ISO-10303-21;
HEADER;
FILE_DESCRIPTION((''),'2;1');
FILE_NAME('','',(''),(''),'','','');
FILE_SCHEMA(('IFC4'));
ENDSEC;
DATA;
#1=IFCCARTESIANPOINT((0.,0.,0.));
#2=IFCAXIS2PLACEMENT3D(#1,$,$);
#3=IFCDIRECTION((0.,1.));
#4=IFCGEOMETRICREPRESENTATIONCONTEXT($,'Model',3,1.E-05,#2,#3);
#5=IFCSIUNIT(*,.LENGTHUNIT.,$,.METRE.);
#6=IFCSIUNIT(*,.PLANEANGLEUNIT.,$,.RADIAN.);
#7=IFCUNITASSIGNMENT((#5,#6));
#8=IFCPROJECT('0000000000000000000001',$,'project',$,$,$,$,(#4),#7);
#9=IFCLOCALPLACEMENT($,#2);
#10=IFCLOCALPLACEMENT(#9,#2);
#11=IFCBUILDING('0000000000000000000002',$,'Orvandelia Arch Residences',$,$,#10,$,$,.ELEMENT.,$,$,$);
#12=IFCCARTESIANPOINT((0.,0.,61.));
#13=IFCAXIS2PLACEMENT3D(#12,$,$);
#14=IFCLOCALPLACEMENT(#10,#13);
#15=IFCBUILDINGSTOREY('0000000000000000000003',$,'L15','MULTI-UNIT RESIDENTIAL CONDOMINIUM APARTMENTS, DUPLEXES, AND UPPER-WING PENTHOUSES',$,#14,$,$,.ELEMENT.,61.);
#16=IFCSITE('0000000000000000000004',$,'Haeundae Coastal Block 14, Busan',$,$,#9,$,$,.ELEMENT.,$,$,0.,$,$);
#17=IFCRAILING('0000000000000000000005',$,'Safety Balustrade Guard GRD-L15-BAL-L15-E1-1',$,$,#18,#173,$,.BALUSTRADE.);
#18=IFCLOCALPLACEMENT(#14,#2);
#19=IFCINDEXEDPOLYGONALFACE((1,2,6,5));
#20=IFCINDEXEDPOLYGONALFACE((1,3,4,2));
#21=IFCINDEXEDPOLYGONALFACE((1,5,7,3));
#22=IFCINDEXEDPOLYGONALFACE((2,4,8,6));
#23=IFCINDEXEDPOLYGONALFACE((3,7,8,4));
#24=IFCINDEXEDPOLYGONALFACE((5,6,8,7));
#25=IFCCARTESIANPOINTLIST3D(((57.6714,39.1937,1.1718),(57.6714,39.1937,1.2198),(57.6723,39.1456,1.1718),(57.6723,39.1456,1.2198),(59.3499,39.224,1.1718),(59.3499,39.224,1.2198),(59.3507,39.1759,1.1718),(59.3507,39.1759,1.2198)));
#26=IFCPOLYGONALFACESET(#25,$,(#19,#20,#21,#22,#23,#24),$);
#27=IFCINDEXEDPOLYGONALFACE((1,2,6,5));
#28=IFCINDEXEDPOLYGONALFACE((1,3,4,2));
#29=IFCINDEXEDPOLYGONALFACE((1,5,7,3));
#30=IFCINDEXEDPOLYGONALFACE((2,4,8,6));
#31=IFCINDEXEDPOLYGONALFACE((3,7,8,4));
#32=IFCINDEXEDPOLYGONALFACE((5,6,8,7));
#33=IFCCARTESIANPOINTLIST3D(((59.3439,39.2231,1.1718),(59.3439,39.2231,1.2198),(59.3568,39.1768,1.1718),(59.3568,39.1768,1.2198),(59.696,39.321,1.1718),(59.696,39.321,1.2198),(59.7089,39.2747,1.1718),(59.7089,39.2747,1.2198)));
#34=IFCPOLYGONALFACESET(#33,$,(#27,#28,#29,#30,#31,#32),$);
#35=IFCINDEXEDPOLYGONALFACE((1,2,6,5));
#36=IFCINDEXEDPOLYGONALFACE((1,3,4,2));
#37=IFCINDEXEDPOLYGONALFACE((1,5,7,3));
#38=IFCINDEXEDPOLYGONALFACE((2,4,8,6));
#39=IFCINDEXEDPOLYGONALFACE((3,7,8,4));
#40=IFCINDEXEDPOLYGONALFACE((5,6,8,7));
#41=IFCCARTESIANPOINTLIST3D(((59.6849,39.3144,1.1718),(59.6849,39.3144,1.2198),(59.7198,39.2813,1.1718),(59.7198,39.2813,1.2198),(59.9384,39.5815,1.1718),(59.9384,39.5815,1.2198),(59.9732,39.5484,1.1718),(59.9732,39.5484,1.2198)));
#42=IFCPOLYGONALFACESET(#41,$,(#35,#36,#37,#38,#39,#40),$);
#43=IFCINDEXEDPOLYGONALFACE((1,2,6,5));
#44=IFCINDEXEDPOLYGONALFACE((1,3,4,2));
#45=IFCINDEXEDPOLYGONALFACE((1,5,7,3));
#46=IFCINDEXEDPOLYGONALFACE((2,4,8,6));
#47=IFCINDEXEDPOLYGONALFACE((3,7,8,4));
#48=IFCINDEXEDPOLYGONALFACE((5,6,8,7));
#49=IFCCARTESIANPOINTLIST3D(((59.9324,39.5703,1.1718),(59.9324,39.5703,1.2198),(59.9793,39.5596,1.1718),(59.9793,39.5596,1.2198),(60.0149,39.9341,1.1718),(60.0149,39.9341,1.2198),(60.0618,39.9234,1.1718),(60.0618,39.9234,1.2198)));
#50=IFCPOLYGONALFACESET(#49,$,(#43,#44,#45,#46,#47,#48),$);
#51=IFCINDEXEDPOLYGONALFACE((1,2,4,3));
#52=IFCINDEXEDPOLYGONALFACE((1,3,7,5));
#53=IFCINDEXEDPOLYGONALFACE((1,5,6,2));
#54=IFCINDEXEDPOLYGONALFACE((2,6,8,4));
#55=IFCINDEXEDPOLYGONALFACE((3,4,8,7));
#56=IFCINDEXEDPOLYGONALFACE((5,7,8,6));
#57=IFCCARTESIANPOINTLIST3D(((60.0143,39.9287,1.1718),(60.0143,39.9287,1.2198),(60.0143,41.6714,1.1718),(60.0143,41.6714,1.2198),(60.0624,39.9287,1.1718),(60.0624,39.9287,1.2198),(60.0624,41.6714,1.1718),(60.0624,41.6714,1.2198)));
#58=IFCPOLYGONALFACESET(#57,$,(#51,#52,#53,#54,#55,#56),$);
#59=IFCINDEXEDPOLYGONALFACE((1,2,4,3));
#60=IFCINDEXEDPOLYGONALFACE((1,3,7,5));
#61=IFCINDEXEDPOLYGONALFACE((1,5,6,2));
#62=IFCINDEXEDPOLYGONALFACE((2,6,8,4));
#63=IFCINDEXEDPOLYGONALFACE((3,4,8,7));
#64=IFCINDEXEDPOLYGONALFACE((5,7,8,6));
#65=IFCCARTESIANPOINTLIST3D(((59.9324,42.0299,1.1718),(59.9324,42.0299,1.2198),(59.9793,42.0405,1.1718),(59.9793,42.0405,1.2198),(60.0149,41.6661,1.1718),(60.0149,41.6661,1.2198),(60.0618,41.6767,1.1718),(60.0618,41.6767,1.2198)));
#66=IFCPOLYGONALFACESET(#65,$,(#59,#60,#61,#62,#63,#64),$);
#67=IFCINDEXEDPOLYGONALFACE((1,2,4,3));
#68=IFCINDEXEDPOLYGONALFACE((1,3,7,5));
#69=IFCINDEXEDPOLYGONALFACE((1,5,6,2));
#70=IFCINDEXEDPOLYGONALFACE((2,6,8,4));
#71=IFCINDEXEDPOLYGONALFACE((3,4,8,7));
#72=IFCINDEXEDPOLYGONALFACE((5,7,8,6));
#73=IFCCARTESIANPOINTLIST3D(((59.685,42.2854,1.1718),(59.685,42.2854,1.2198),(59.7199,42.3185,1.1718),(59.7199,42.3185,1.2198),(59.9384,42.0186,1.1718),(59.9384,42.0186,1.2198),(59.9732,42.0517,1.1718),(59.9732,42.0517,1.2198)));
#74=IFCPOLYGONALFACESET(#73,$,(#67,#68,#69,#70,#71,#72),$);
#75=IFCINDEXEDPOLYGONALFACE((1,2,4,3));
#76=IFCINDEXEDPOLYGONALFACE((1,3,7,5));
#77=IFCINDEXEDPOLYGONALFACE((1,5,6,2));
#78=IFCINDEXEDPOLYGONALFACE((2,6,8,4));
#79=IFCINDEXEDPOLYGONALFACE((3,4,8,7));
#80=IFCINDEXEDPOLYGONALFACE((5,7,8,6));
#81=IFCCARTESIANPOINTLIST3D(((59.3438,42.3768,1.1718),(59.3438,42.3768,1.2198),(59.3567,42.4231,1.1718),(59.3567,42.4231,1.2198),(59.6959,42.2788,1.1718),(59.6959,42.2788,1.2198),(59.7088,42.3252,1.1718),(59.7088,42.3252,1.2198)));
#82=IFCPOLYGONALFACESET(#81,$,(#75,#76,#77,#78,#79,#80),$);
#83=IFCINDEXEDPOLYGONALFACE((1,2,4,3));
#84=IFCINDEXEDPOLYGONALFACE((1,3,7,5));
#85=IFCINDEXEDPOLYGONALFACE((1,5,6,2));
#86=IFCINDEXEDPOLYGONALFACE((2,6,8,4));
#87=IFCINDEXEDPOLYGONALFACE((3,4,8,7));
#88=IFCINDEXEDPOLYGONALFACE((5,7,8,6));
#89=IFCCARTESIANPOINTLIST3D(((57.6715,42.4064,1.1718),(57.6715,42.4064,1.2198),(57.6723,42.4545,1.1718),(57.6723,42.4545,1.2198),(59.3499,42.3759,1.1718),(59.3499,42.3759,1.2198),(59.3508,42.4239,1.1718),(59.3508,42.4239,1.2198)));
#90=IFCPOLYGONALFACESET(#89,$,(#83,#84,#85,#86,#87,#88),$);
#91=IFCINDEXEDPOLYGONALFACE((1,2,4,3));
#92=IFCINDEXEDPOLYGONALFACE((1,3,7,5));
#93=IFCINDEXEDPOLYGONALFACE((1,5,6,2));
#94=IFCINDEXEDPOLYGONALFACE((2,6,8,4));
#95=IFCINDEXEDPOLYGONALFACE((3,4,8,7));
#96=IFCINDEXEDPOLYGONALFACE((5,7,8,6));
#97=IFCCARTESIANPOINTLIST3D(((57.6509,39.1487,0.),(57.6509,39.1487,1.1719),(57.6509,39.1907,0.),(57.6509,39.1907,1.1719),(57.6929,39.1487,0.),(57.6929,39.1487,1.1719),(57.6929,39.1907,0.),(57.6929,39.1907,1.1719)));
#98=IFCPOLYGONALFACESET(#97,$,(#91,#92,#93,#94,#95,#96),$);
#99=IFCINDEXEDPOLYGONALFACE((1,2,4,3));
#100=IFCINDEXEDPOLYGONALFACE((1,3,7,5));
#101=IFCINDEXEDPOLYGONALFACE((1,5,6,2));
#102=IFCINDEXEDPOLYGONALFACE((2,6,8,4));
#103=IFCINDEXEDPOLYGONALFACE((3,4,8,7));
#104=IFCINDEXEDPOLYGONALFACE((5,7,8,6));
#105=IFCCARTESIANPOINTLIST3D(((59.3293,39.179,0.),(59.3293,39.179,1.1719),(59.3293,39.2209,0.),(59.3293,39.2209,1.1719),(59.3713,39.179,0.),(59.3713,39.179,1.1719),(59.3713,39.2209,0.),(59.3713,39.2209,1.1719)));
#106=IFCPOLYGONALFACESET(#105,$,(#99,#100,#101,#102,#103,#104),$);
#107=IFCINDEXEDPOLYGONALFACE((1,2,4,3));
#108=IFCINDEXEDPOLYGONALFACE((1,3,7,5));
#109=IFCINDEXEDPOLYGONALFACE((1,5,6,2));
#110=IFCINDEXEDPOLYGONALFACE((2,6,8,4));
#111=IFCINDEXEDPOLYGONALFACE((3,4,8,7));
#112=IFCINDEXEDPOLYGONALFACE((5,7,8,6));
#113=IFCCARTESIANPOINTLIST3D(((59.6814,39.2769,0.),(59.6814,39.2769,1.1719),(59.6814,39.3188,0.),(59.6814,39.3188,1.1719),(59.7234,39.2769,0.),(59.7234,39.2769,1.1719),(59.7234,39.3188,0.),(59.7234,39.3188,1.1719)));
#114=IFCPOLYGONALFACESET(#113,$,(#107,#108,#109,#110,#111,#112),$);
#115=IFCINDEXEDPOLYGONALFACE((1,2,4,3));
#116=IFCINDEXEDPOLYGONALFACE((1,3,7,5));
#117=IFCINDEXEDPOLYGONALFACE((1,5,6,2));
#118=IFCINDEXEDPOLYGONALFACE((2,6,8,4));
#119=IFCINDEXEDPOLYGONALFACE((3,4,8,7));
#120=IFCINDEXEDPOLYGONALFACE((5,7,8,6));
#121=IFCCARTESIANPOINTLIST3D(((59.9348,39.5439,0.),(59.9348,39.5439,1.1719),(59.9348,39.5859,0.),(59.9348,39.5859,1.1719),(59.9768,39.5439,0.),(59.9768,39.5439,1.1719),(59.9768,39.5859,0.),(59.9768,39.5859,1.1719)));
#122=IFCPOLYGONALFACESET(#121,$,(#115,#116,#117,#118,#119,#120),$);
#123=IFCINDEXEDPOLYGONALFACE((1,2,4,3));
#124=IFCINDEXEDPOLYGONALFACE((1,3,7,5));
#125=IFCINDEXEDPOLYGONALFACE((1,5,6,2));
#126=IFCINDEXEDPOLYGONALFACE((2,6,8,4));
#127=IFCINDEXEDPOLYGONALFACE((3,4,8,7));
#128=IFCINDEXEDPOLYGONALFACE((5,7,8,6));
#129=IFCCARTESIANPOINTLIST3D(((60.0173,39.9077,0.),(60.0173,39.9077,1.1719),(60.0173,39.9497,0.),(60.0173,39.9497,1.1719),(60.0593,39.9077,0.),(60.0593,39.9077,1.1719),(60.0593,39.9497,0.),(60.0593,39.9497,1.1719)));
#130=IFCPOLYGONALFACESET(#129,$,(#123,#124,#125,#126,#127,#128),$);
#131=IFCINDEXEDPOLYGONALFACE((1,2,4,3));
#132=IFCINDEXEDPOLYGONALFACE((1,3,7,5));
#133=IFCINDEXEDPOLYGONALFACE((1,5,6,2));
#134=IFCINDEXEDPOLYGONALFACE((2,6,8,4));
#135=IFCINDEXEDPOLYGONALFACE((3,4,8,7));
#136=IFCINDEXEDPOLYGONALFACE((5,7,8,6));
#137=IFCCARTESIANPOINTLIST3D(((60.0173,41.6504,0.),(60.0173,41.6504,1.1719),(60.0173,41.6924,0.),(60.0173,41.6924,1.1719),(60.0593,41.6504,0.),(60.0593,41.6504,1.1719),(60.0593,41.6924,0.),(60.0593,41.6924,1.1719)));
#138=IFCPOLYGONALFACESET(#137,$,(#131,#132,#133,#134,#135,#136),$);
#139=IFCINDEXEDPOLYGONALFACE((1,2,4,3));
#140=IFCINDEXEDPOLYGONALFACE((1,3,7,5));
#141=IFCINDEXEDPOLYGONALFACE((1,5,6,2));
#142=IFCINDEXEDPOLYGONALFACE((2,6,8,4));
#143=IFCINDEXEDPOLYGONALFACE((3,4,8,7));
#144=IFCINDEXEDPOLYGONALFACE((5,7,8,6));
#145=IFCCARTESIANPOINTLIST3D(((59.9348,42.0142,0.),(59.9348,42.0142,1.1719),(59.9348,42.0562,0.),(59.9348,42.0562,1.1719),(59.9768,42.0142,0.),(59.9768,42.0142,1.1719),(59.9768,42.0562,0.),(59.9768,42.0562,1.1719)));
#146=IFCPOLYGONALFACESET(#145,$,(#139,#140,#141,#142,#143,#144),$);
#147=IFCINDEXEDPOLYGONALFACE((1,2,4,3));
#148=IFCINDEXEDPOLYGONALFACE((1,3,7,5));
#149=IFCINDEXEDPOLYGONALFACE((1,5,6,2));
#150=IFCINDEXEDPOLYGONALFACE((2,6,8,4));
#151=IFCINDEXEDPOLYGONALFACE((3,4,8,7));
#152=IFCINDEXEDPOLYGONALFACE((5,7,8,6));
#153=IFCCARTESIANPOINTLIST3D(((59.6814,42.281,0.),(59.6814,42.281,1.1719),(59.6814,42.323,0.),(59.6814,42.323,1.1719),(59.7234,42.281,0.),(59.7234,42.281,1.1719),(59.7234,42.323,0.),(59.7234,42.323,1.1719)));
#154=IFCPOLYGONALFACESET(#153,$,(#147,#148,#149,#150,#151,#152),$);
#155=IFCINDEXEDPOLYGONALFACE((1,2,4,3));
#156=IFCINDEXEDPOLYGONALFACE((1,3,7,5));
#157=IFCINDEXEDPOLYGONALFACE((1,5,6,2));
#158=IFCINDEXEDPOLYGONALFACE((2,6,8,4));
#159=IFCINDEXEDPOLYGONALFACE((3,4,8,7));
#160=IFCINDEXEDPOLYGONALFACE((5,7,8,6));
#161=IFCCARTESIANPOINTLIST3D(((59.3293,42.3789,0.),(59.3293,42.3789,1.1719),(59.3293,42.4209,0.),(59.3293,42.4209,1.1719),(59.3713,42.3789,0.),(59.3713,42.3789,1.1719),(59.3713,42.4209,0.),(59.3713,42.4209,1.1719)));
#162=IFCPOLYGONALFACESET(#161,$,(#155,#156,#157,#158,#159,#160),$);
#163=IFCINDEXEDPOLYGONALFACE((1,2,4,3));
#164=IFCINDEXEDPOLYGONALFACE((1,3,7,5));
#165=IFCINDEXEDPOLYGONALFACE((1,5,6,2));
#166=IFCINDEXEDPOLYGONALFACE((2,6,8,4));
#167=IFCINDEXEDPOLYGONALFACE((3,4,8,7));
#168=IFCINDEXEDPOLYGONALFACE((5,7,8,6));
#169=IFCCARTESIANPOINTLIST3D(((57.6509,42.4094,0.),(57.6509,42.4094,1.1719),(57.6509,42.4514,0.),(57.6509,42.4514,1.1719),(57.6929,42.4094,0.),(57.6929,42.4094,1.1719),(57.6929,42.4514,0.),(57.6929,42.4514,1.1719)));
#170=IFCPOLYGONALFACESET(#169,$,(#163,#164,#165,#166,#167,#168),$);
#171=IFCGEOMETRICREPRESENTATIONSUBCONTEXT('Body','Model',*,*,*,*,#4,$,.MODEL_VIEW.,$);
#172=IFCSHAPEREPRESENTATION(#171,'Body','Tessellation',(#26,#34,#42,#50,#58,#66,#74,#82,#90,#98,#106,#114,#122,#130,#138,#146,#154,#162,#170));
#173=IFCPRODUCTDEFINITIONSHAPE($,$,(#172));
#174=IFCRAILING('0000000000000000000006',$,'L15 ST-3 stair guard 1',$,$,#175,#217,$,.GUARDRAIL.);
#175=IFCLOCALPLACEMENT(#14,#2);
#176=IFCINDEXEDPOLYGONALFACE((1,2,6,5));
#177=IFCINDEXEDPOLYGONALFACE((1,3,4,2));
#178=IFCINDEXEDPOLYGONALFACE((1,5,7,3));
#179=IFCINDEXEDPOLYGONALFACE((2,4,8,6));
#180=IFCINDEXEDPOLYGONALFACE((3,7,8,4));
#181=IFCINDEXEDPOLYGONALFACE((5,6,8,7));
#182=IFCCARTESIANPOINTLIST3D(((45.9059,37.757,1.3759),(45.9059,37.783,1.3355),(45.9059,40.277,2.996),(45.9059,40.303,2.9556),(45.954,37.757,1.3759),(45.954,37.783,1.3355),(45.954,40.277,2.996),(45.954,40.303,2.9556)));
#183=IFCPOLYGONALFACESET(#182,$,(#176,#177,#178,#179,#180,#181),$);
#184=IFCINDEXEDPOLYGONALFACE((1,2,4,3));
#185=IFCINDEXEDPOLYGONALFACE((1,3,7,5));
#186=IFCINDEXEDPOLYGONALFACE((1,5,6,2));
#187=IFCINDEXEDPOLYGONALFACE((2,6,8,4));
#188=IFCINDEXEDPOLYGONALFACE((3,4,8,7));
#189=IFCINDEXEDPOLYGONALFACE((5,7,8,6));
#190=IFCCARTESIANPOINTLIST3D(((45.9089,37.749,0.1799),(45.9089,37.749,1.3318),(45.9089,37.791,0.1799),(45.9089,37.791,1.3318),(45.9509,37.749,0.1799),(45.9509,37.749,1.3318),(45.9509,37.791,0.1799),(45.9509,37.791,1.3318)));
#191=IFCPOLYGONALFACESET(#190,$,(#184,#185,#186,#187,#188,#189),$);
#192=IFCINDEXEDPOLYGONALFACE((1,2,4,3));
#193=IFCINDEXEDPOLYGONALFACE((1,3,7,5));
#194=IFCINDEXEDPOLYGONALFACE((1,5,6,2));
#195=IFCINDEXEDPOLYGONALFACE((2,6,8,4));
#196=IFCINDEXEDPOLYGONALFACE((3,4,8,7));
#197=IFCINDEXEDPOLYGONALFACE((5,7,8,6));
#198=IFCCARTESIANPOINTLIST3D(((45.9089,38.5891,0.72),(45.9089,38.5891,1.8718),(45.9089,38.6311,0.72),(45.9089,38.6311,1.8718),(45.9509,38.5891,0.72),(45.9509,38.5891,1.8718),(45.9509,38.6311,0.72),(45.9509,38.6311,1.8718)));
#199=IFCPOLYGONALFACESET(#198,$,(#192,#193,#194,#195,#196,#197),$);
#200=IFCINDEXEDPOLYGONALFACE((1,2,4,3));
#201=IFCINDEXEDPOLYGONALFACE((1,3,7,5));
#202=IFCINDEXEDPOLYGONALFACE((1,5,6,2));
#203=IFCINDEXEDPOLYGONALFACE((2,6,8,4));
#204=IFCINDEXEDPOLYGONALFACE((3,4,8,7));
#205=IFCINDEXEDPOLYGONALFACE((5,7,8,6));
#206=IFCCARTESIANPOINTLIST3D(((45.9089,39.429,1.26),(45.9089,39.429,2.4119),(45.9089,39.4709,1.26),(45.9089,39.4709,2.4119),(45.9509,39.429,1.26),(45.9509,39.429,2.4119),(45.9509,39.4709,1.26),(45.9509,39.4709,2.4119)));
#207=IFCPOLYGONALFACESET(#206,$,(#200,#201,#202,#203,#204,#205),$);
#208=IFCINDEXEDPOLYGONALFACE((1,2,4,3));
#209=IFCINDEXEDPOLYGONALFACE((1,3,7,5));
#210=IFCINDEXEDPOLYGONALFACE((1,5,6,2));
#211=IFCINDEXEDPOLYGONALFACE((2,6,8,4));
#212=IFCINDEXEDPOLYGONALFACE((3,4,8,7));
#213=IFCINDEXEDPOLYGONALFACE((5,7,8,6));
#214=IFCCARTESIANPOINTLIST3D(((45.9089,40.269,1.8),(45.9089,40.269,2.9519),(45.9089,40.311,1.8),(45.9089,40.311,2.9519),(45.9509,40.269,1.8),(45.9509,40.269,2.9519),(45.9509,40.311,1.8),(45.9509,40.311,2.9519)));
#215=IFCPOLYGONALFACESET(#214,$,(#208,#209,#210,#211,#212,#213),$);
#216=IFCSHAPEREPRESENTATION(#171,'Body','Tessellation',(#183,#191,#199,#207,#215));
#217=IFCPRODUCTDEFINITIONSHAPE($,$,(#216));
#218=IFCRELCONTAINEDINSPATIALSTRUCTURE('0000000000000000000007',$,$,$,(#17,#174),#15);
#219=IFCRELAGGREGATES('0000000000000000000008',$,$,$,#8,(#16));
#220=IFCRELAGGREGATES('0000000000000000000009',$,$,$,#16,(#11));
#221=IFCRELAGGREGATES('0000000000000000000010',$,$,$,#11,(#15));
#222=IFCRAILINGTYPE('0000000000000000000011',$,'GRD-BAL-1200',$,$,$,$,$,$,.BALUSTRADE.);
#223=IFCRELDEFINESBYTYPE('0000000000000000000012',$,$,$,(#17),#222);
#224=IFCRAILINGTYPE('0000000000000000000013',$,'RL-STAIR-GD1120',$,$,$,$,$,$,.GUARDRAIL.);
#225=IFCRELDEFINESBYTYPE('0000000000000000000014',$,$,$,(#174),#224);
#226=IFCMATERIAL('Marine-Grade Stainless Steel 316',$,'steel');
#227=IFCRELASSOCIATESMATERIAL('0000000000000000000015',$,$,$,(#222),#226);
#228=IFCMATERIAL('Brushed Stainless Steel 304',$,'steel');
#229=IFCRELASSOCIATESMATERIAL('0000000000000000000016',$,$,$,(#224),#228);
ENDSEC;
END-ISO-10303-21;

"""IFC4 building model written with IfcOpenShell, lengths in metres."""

from ifc_helpers import new_model, si_unit, direction, frame, origin, origin_2d, place, context, subcontext, project, spatial, rectangle, extrude, material, type_object, element, save


model = new_model("IFC4")

# Units and contexts
model_context = context("Model", 3, precision=1e-05, world=origin(), true_north=direction((0.0, 1.0)))
body_context = subcontext(model_context, "Body", "Model", "MODEL_VIEW")
ifc_project = project(units=[si_unit("LENGTHUNIT", "METRE"), si_unit("PLANEANGLEUNIT", "RADIAN")], contexts=[model_context])

# Site, building, storey
site_placement = place(None, origin())
site = spatial("IfcSite", under=ifc_project, at=site_placement, Name="Haeundae Coastal Block 14, Busan", CompositionType="ELEMENT", RefElevation=0.0)
building_placement = place(site_placement, origin())
building = spatial("IfcBuilding", under=site, at=building_placement, Name="Orvandelia Arch Residences", CompositionType="ELEMENT")
storey_placement = place(building_placement, frame((0.0, 0.0, 61.0)))
storey = spatial("IfcBuildingStorey", under=building, at=storey_placement, Name="L15", Description="MULTI-UNIT RESIDENTIAL CONDOMINIUM APARTMENTS, DUPLEXES, AND UPPER-WING PENTHOUSES", CompositionType="ELEMENT", Elevation=61.0)

# Railings
ifc_material_1 = material(Name="Marine-Grade Stainless Steel 316", Category="steel")
railing_type_1 = type_object("IfcRailingType", Name="GRD-BAL-1200", PredefinedType="BALUSTRADE", material=ifc_material_1)
railing_1_placement = place(storey_placement, frame((57.6719, 39.1697, 0.0)))
element("IfcRailing", 1, at=railing_1_placement, inside=storey, type_object=railing_type_1, Name="Safety Balustrade Guard GRD-L15-BAL-L15-E1-1", PredefinedType="BALUSTRADE", context=body_context, shape_type="SweptSolid", body=[
    extrude(rectangle(XDim=0.0481, YDim=0.0481, at=origin_2d()), frame((0.0, 0.0, 1.1958), z_axis=(0.999837, 0.018033, 0.0), x_axis=(-0.018033, 0.999837, 0.0)), (0.0, 0.0, 1.0), 1.6787),
    extrude(rectangle(XDim=0.0481, YDim=0.0481, at=origin_2d()), frame((1.6785, 0.0303, 1.1958), z_axis=(0.963441, 0.26792, 0.0), x_axis=(-0.26792, 0.963441, 0.0)), (0.0, 0.0, 1.0), 0.3655),
    extrude(rectangle(XDim=0.0481, YDim=0.0481, at=origin_2d()), frame((2.0305, 0.1282, 1.1958), z_axis=(0.688296, 0.72543, 0.0), x_axis=(-0.72543, 0.688296, 0.0)), (0.0, 0.0, 1.0), 0.3682),
    extrude(rectangle(XDim=0.0481, YDim=0.0481, at=origin_2d()), frame((2.2839, 0.3953, 1.1958), z_axis=(0.221225, 0.975223, 0.0), x_axis=(-0.975223, 0.221225, 0.0)), (0.0, 0.0, 1.0), 0.373),
    extrude(rectangle(XDim=0.0481, YDim=0.0481, at=origin_2d()), frame((2.3665, 0.759, 1.1958), z_axis=(0.0, 1.0, 0.0), x_axis=(-1.0, 0.0, 0.0)), (0.0, 0.0, 1.0), 1.7427),
    extrude(rectangle(XDim=0.0481, YDim=0.0481, at=origin_2d()), frame((2.3665, 2.5017, 1.1958), z_axis=(-0.221225, 0.975223, 0.0), x_axis=(-0.975223, -0.221225, 0.0)), (0.0, 0.0, 1.0), 0.373),
    extrude(rectangle(XDim=0.0481, YDim=0.0481, at=origin_2d()), frame((2.2839, 2.8655, 1.1958), z_axis=(-0.688627, 0.725115, 0.0), x_axis=(-0.725115, -0.688627, 0.0)), (0.0, 0.0, 1.0), 0.3679),
    extrude(rectangle(XDim=0.0481, YDim=0.0481, at=origin_2d()), frame((2.0305, 3.1323, 1.1958), z_axis=(-0.963441, 0.26792, 0.0), x_axis=(-0.26792, -0.963441, 0.0)), (0.0, 0.0, 1.0), 0.3655),
    extrude(rectangle(XDim=0.0481, YDim=0.0481, at=origin_2d()), frame((1.6785, 3.2302, 1.1958), z_axis=(-0.999835, 0.018179, 0.0), x_axis=(-0.018179, -0.999835, 0.0)), (0.0, 0.0, 1.0), 1.6787),
    extrude(rectangle(XDim=0.042, YDim=0.042, at=origin_2d()), origin(), (0.0, 0.0, 1.0), 1.1719),
    extrude(rectangle(XDim=0.042, YDim=0.042, at=origin_2d()), frame((1.6785, 0.0303, 0.0)), (0.0, 0.0, 1.0), 1.1719),
    extrude(rectangle(XDim=0.042, YDim=0.042, at=origin_2d()), frame((2.0305, 0.1282, 0.0)), (0.0, 0.0, 1.0), 1.1719),
    extrude(rectangle(XDim=0.042, YDim=0.042, at=origin_2d()), frame((2.2839, 0.3953, 0.0)), (0.0, 0.0, 1.0), 1.1719),
    extrude(rectangle(XDim=0.042, YDim=0.042, at=origin_2d()), frame((2.3665, 0.759, 0.0)), (0.0, 0.0, 1.0), 1.1719),
    extrude(rectangle(XDim=0.042, YDim=0.042, at=origin_2d()), frame((2.3665, 2.5017, 0.0)), (0.0, 0.0, 1.0), 1.1719),
    extrude(rectangle(XDim=0.042, YDim=0.042, at=origin_2d()), frame((2.2839, 2.8655, 0.0)), (0.0, 0.0, 1.0), 1.1719),
    extrude(rectangle(XDim=0.042, YDim=0.042, at=origin_2d()), frame((2.0305, 3.1323, 0.0)), (0.0, 0.0, 1.0), 1.1719),
    extrude(rectangle(XDim=0.042, YDim=0.042, at=origin_2d()), frame((1.6785, 3.2302, 0.0)), (0.0, 0.0, 1.0), 1.1719),
    extrude(rectangle(XDim=0.042, YDim=0.042, at=origin_2d()), frame((0.0, 3.2607, 0.0)), (0.0, 0.0, 1.0), 1.1719),
])
ifc_material_2 = material(Name="Brushed Stainless Steel 304", Category="steel")
railing_type_2 = type_object("IfcRailingType", Name="RL-STAIR-GD1120", PredefinedType="GUARDRAIL", material=ifc_material_2)
railing_2_placement = place(storey_placement, frame((45.9299, 37.77, 0.1799)))
element("IfcRailing", 2, at=railing_2_placement, inside=storey, type_object=railing_type_2, Name="L15 ST-3 stair guard 1", PredefinedType="GUARDRAIL", context=body_context, shape_type="SweptSolid", body=[
    extrude(rectangle(XDim=0.0481, YDim=0.0481, at=origin_2d()), frame((0.0, 0.0, 1.1758), z_axis=(0.0, 0.841163, 0.540782), x_axis=(-1.0, 0.0, 0.0)), (0.0, 0.0, 1.0), 2.9958),
    extrude(rectangle(XDim=0.042, YDim=0.042, at=origin_2d()), origin(), (0.0, 0.0, 1.0), 1.1519),
    extrude(rectangle(XDim=0.042, YDim=0.042, at=origin_2d()), frame((0.0, 0.8401, 0.54)), (0.0, 0.0, 1.0), 1.1519),
    extrude(rectangle(XDim=0.042, YDim=0.042, at=origin_2d()), frame((0.0, 1.6799, 1.0801)), (0.0, 0.0, 1.0), 1.1519),
    extrude(rectangle(XDim=0.042, YDim=0.042, at=origin_2d()), frame((0.0, 2.52, 1.6201)), (0.0, 0.0, 1.0), 1.1519),
])

save(model, "model.ifc")
